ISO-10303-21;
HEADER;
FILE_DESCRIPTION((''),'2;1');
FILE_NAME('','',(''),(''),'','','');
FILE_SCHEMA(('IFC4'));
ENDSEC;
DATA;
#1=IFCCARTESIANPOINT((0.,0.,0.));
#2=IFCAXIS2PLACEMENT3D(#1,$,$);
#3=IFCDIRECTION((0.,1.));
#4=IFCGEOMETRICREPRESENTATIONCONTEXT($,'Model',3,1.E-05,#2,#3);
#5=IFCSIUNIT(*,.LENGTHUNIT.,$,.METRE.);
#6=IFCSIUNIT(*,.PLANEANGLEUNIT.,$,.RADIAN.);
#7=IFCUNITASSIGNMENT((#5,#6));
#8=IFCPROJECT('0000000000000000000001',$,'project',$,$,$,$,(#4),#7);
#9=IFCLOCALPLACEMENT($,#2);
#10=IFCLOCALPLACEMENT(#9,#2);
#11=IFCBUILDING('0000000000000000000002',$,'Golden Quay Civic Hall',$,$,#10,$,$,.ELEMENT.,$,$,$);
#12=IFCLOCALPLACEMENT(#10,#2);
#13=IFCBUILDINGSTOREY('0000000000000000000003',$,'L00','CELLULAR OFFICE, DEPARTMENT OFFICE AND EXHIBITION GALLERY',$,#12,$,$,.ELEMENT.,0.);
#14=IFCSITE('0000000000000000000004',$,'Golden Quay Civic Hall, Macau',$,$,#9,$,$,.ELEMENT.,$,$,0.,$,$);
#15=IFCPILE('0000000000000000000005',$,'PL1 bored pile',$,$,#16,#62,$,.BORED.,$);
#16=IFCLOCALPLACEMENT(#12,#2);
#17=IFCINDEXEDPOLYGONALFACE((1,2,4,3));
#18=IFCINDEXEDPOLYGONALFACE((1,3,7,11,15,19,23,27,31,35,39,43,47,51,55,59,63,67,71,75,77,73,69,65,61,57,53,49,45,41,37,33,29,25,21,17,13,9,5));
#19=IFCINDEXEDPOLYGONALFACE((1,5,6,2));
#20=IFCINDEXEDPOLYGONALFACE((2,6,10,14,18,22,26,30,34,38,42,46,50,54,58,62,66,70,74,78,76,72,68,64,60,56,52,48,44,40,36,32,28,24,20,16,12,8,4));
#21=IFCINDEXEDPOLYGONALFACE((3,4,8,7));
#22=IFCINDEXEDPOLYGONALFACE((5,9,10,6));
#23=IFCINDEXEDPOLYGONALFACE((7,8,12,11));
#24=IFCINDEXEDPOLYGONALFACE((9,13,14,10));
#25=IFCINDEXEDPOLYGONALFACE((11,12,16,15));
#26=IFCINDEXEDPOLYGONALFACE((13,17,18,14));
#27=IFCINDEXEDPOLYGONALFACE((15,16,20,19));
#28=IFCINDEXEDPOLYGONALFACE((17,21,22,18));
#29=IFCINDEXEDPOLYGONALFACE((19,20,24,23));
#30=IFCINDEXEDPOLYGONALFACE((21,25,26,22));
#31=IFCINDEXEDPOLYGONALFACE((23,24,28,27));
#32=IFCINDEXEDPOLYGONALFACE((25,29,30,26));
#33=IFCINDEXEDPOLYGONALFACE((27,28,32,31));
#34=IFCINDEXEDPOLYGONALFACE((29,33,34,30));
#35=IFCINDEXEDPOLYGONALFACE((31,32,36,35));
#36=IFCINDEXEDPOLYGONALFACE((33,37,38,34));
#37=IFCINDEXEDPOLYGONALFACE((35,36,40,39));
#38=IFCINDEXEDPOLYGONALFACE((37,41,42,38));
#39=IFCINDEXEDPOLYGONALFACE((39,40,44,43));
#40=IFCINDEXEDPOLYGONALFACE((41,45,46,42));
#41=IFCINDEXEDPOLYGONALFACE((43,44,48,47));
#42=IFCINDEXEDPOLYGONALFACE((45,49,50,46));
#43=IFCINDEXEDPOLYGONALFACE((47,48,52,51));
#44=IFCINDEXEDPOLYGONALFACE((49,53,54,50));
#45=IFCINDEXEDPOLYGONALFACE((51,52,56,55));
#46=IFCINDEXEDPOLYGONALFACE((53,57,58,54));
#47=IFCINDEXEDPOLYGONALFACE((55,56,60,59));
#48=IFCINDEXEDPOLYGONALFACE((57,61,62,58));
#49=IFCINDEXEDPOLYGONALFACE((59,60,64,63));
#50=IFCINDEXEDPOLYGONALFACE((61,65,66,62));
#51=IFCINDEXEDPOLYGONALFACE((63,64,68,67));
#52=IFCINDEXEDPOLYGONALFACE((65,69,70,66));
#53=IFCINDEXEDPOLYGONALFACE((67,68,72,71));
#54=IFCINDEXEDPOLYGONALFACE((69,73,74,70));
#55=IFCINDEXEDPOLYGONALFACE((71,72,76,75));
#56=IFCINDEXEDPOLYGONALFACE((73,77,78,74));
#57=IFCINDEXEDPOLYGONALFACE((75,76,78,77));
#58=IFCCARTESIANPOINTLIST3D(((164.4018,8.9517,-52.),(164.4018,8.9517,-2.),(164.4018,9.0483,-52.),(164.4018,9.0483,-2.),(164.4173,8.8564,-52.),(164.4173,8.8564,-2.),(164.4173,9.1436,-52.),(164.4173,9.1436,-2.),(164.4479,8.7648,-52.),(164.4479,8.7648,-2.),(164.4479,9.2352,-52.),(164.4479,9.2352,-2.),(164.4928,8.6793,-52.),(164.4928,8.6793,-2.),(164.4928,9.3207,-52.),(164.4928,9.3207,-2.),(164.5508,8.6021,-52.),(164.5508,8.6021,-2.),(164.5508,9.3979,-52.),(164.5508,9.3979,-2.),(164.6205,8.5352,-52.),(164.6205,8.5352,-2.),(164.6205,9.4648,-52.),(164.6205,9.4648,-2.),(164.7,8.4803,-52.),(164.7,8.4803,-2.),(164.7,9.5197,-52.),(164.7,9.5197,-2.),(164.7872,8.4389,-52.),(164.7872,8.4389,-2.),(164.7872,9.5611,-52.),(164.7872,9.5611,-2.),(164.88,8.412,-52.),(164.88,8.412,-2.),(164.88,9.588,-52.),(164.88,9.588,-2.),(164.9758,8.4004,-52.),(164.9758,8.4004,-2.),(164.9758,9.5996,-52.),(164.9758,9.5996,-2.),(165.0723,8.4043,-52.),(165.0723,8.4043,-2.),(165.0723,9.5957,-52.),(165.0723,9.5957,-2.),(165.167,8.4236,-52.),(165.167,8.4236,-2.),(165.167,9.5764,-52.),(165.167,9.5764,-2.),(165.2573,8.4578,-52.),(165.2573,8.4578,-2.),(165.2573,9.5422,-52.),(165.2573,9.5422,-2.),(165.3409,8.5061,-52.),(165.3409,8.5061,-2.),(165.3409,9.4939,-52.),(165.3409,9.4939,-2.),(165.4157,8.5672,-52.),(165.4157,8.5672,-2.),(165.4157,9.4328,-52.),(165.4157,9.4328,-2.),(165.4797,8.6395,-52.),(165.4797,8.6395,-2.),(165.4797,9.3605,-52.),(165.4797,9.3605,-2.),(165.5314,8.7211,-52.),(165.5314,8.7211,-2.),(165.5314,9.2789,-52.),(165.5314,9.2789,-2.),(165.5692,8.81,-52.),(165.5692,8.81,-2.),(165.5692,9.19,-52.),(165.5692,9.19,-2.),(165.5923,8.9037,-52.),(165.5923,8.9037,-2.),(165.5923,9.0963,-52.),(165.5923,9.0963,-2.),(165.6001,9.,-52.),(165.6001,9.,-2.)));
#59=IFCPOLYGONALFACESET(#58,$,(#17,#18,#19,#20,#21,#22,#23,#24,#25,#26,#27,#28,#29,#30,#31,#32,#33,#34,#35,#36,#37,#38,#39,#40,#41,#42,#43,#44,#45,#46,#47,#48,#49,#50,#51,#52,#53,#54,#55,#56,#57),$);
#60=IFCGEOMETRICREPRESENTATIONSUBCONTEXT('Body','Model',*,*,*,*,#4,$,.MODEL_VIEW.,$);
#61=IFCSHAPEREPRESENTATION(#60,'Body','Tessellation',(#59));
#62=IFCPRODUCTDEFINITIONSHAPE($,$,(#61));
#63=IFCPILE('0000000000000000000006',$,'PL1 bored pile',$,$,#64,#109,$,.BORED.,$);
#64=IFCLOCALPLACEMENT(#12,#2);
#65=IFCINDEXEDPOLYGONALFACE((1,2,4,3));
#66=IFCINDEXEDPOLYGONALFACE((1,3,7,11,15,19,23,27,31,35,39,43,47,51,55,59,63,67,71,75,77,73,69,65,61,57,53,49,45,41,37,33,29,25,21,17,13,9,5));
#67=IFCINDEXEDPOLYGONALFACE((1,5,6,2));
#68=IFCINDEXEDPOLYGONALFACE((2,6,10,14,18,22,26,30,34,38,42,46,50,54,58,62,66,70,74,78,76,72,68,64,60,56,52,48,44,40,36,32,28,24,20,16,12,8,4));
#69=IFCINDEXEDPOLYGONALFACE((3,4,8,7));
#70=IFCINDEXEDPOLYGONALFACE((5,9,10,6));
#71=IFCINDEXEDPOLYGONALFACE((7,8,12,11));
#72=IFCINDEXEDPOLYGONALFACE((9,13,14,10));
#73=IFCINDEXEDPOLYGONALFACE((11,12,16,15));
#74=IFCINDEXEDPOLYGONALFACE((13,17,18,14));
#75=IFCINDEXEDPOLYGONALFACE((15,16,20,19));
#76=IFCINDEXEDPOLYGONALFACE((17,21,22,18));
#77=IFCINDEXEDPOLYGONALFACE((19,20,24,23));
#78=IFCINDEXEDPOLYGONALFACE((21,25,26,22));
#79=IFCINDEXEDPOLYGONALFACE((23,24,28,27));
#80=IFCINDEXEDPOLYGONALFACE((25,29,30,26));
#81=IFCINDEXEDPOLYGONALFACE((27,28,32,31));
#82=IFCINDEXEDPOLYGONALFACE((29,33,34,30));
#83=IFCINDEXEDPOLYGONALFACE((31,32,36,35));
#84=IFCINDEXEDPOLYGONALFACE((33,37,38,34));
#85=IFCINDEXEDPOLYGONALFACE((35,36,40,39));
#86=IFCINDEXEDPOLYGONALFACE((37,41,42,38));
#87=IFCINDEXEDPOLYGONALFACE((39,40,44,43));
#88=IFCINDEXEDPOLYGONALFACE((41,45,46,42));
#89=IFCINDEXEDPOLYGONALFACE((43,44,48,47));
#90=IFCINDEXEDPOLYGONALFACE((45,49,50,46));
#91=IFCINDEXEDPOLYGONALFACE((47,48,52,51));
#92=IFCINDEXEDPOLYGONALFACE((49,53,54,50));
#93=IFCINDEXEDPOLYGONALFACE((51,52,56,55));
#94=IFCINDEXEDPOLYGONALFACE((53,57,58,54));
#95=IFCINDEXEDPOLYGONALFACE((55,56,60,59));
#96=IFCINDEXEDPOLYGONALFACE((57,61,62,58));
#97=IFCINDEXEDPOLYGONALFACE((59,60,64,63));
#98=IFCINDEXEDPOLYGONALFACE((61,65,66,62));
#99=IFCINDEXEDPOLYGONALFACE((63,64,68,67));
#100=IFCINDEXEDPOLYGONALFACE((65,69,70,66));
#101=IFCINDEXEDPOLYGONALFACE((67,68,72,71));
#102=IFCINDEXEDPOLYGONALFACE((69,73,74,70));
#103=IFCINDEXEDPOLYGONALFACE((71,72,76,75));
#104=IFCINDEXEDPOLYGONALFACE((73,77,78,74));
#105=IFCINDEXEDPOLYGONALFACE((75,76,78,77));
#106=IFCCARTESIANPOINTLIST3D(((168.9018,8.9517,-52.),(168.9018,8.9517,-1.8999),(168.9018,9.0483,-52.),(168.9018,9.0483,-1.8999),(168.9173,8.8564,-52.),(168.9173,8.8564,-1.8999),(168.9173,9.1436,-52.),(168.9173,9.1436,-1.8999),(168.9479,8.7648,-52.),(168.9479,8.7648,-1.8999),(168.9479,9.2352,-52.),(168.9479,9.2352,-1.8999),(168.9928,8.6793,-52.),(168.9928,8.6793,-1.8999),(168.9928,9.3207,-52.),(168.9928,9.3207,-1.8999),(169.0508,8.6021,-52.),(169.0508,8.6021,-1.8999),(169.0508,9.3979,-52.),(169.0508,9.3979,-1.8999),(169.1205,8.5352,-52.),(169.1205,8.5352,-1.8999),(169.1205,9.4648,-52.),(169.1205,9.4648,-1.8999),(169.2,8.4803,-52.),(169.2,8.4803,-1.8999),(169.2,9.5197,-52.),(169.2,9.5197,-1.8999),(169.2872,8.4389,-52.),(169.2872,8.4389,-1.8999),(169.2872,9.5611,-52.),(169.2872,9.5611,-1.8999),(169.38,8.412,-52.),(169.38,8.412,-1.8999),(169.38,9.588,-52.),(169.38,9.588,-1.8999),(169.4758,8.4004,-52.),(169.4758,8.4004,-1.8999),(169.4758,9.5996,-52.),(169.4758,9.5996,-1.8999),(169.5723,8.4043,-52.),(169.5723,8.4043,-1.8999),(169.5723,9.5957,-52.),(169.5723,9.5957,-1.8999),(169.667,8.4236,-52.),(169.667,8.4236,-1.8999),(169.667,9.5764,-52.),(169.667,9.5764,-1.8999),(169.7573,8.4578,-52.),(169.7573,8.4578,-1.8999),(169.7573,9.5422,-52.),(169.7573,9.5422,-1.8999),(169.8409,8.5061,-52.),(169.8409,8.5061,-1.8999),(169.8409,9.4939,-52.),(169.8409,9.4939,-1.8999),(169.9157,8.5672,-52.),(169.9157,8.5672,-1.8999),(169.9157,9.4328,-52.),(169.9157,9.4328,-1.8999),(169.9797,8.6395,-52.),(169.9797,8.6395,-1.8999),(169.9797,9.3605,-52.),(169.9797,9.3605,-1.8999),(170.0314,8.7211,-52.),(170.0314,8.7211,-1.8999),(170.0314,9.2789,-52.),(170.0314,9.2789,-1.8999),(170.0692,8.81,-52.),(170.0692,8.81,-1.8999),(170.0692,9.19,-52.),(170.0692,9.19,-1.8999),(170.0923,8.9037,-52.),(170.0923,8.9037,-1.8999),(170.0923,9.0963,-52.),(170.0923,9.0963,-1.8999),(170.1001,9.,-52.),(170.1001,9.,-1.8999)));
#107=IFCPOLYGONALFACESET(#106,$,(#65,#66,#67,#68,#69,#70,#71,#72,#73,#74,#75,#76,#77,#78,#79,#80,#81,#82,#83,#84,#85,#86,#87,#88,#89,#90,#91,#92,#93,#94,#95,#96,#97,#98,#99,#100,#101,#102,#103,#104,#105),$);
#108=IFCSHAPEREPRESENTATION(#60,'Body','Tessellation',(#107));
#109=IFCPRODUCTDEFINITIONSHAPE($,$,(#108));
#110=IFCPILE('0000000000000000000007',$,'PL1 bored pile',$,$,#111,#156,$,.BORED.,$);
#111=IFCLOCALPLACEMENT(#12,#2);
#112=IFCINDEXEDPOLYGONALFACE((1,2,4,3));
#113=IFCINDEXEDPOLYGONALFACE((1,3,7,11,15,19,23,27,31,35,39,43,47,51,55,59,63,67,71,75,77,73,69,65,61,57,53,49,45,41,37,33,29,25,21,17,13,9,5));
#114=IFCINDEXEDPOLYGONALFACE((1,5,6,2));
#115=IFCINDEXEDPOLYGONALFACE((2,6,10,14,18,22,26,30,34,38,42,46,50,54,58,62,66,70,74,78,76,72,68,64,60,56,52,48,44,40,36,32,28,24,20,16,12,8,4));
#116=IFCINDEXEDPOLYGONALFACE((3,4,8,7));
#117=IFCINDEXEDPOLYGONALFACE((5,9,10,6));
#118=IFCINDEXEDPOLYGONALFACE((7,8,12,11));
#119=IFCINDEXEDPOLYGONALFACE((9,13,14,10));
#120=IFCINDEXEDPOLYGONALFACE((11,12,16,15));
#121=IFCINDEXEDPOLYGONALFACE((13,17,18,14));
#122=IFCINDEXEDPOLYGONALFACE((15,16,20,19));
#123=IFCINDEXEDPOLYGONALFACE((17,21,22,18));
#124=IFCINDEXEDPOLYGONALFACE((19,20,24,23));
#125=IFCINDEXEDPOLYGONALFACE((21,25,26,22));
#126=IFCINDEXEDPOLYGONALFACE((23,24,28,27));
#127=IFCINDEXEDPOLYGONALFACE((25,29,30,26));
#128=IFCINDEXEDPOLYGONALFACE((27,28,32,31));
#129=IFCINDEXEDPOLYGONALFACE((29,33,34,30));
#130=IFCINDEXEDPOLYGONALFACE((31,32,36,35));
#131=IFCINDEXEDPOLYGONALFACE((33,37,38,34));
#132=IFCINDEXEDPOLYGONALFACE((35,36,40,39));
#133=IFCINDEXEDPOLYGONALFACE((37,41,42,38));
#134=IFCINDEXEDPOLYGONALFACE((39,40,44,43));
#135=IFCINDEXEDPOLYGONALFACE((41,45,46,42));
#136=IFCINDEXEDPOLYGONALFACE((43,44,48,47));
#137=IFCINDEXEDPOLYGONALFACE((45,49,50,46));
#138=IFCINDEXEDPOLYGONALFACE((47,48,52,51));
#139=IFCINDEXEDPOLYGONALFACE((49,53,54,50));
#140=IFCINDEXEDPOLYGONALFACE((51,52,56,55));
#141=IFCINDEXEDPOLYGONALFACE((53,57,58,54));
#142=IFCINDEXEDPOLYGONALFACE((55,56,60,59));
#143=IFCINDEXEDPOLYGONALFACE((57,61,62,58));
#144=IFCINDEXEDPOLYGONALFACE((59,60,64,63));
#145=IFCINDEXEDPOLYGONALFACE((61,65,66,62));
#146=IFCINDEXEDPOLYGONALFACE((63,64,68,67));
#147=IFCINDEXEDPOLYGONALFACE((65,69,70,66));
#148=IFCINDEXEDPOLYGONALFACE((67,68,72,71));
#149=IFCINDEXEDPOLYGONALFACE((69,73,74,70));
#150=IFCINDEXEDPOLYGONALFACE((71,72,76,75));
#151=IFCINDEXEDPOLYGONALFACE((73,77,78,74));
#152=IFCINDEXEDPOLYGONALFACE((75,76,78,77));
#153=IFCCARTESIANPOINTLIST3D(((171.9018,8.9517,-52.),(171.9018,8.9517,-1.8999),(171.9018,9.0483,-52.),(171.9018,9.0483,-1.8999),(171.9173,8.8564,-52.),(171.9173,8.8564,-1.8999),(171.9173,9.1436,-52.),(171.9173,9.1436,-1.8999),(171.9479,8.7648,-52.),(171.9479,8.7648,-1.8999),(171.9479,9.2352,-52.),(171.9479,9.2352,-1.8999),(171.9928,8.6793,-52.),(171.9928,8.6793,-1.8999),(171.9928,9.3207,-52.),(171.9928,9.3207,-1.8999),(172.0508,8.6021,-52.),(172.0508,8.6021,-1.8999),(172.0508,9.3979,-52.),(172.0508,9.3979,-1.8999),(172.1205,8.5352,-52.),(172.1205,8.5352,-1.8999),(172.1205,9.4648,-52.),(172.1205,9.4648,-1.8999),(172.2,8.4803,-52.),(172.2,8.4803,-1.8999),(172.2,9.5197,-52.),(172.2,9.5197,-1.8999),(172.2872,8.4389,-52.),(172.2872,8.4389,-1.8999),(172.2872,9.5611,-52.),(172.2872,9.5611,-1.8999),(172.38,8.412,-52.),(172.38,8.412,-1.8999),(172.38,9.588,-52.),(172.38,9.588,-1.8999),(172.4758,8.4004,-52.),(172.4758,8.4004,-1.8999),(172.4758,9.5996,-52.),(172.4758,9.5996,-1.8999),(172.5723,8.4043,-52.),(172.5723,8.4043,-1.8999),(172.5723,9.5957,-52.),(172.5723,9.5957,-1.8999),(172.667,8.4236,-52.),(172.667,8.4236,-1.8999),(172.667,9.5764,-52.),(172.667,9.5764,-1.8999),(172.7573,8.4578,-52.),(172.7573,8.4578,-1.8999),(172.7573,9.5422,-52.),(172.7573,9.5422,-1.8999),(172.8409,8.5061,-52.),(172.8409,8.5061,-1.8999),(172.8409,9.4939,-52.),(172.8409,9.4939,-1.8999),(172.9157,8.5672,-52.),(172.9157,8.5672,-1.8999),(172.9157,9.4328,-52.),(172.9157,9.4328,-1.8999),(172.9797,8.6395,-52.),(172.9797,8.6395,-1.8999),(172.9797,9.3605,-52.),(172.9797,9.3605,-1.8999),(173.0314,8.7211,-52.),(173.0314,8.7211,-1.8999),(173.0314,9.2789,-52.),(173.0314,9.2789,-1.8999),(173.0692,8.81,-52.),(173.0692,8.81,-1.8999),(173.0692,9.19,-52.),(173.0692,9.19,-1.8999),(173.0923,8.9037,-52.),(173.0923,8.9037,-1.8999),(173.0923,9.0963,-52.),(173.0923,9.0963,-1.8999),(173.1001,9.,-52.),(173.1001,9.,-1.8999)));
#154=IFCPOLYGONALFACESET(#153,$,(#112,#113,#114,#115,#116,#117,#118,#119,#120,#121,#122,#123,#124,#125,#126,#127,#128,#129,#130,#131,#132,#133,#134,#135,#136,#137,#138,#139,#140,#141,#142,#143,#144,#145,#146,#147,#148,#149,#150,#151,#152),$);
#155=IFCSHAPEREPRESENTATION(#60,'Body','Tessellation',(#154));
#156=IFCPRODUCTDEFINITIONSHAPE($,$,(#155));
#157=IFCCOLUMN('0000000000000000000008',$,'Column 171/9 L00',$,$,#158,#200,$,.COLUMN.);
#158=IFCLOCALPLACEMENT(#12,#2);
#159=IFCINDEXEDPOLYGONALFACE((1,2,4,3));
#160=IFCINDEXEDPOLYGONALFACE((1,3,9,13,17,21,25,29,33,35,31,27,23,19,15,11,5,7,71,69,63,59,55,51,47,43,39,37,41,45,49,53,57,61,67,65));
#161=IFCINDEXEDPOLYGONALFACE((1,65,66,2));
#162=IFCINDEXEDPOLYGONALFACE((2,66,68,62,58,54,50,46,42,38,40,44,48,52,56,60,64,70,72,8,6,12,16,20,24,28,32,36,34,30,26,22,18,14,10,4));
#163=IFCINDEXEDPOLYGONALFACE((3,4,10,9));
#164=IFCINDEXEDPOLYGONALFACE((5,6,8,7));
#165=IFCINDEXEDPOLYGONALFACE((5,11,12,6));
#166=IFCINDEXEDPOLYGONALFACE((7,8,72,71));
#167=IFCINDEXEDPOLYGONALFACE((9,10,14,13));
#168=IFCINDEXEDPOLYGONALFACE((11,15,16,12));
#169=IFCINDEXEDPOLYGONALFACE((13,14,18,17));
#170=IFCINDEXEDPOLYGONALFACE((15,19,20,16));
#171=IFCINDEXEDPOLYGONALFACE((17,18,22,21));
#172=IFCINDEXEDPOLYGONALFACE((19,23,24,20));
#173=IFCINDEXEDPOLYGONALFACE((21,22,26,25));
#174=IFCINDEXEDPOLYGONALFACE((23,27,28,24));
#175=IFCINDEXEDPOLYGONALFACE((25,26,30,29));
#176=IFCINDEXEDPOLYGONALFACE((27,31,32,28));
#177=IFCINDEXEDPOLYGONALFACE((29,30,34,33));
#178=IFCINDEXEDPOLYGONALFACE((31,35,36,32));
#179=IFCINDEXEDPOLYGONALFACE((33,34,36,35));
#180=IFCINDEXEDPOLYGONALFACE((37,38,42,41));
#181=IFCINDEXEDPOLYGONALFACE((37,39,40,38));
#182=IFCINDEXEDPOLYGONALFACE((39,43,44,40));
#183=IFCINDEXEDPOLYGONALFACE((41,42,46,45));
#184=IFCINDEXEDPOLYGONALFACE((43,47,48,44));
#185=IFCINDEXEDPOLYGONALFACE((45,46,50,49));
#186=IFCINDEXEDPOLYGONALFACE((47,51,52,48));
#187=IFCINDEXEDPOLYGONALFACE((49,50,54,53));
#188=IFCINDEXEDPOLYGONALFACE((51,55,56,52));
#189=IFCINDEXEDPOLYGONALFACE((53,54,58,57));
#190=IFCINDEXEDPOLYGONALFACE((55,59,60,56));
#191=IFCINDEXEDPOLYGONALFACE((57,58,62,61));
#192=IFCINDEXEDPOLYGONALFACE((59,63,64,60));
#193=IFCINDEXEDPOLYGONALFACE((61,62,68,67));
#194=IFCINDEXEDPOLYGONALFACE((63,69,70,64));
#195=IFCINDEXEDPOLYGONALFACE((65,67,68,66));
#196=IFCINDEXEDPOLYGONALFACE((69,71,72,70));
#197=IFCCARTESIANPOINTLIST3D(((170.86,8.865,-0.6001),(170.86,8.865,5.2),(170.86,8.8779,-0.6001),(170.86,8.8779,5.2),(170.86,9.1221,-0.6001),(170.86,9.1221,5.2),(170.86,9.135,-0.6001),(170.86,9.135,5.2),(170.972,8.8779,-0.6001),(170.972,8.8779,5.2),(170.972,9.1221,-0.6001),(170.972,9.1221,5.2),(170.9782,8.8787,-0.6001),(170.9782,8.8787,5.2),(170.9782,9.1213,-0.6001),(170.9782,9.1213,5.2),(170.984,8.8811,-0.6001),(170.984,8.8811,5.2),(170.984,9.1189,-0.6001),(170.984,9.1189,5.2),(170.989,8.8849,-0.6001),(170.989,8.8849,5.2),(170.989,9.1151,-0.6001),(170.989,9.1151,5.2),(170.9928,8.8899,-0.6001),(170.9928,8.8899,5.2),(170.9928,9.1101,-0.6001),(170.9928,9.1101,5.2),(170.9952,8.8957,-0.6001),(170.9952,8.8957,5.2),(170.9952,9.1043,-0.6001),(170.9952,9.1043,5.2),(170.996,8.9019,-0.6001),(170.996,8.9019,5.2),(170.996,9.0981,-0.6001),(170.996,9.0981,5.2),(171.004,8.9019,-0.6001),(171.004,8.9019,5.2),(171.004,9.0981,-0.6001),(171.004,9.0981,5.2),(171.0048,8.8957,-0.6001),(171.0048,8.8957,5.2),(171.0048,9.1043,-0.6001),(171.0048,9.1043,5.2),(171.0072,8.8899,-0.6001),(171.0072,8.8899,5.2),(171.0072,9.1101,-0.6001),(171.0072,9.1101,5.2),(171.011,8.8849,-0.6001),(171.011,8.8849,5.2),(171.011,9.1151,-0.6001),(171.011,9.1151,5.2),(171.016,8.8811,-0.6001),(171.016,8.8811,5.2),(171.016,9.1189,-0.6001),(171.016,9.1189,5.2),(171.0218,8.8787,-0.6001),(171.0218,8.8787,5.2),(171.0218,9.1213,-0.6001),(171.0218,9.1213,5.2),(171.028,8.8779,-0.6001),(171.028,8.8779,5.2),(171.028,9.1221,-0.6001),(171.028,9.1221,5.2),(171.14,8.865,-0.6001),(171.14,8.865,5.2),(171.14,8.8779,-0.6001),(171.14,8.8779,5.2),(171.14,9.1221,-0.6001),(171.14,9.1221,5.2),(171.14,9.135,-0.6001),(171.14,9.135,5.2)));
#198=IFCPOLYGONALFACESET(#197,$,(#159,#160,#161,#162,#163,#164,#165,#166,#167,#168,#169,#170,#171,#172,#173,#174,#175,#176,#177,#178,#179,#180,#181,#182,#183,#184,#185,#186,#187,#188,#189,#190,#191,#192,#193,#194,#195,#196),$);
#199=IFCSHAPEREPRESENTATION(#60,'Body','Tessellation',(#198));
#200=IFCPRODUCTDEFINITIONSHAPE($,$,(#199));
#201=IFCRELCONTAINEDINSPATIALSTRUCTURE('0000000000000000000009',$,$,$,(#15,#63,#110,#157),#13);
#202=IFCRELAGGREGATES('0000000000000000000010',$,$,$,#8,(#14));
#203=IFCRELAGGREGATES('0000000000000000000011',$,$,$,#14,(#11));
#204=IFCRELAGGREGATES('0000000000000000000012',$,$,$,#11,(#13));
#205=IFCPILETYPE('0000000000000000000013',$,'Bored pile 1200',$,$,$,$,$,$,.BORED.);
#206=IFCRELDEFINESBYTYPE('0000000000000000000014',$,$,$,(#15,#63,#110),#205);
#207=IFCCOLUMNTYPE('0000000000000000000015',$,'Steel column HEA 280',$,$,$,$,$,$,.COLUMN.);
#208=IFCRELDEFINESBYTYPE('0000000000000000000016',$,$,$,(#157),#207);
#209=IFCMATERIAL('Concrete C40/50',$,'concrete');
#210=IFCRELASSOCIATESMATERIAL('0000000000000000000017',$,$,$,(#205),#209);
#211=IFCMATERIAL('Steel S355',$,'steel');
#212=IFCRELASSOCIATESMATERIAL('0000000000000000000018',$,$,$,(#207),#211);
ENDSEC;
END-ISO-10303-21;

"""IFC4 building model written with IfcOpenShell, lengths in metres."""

from ifc_helpers import new_model, si_unit, direction, frame, origin, origin_2d, place, context, subcontext, project, spatial, circle, i_section, extrude, material, material_profile, profile_set, type_object, element, save


model = new_model("IFC4")

# Units and contexts
model_context = context("Model", 3, precision=1e-05, world=origin(), true_north=direction((0.0, 1.0)))
body_context = subcontext(model_context, "Body", "Model", "MODEL_VIEW")
ifc_project = project(units=[si_unit("LENGTHUNIT", "METRE"), si_unit("PLANEANGLEUNIT", "RADIAN")], contexts=[model_context])

# Site, building, storey
site_placement = place(None, origin())
site = spatial("IfcSite", under=ifc_project, at=site_placement, Name="Golden Quay Civic Hall, Macau", CompositionType="ELEMENT", RefElevation=0.0)
building_placement = place(site_placement, origin())
building = spatial("IfcBuilding", under=site, at=building_placement, Name="Golden Quay Civic Hall", CompositionType="ELEMENT")
storey_placement = place(building_placement, origin())
storey = spatial("IfcBuildingStorey", under=building, at=storey_placement, Name="L00", Description="CELLULAR OFFICE, DEPARTMENT OFFICE AND EXHIBITION GALLERY", CompositionType="ELEMENT", Elevation=0.0)

# Piles
ifc_material_1 = material(Name="Concrete C40/50", Category="concrete")
ifc_material_profile_1 = material_profile(ifc_material_1, circle(Radius=0.6001, at=origin_2d()), Name="RC D1200")
ifc_profile_set_1 = profile_set([ifc_material_profile_1], Name="Concrete C40/50")
pile_type = type_object("IfcPileType", Name="Bored pile 1200", PredefinedType="BORED", material=ifc_profile_set_1)
pile_placement = place(storey_placement, frame((165.0, 9.0, -2.0), z_axis=(0.0, 0.0, -1.0), x_axis=(1.0, 0.0, 0.0)))
element("IfcPile", 1, at=pile_placement, inside=storey, type_object=pile_type, Name="PL1 bored pile", PredefinedType="BORED", context=body_context, shape_type="SweptSolid", body=[
    extrude(circle(Radius=0.6001, at=origin_2d()), origin(), (0.0, 0.0, 1.0), 50.0),
])
for number, where, z_axis, x_axis, name in (
    (2, (169.5, 9.0, -1.8999), (0.0, 0.0, -1.0), (1.0, 0.0, 0.0), "PL1 bored pile"),
    (3, (172.5, 9.0, -1.8999), (0.0, 0.0, -1.0), (1.0, 0.0, 0.0), "PL1 bored pile"),
):
    element("IfcPile", number, at=place(storey_placement, frame(where, z_axis=z_axis, x_axis=x_axis)), inside=storey, type_object=pile_type, Name=name, PredefinedType="BORED", context=body_context, shape_type="SweptSolid", body=[
        extrude(circle(Radius=0.6001, at=origin_2d()), origin(), (0.0, 0.0, 1.0), 50.1001),
    ])

# Column
ifc_material_2 = material(Name="Steel S355", Category="steel")
ifc_material_profile_2 = material_profile(ifc_material_2, i_section(OverallWidth=0.28, OverallDepth=0.27, WebThickness=0.0081, FlangeThickness=0.0129, FilletRadius=0.0239, at=origin_2d()), Name="HEA 280")
ifc_profile_set_2 = profile_set([ifc_material_profile_2], Name="Steel S355")
column_type = type_object("IfcColumnType", Name="Steel column HEA 280", PredefinedType="COLUMN", material=ifc_profile_set_2)
column_placement = place(storey_placement, frame((171.0, 9.0, -0.6001), z_axis=(0.0, 0.0, 1.0), x_axis=(1.0, 0.0, 0.0)))
element("IfcColumn", 4, at=column_placement, inside=storey, type_object=column_type, Name="Column 171/9 L00", PredefinedType="COLUMN", context=body_context, shape_type="SweptSolid", body=[
    extrude(i_section(OverallWidth=0.28, OverallDepth=0.27, WebThickness=0.0081, FlangeThickness=0.0129, FilletRadius=0.0239, at=origin_2d()), origin(), (0.0, 0.0, 1.0), 5.8),
])

save(model, "model.ifc")
